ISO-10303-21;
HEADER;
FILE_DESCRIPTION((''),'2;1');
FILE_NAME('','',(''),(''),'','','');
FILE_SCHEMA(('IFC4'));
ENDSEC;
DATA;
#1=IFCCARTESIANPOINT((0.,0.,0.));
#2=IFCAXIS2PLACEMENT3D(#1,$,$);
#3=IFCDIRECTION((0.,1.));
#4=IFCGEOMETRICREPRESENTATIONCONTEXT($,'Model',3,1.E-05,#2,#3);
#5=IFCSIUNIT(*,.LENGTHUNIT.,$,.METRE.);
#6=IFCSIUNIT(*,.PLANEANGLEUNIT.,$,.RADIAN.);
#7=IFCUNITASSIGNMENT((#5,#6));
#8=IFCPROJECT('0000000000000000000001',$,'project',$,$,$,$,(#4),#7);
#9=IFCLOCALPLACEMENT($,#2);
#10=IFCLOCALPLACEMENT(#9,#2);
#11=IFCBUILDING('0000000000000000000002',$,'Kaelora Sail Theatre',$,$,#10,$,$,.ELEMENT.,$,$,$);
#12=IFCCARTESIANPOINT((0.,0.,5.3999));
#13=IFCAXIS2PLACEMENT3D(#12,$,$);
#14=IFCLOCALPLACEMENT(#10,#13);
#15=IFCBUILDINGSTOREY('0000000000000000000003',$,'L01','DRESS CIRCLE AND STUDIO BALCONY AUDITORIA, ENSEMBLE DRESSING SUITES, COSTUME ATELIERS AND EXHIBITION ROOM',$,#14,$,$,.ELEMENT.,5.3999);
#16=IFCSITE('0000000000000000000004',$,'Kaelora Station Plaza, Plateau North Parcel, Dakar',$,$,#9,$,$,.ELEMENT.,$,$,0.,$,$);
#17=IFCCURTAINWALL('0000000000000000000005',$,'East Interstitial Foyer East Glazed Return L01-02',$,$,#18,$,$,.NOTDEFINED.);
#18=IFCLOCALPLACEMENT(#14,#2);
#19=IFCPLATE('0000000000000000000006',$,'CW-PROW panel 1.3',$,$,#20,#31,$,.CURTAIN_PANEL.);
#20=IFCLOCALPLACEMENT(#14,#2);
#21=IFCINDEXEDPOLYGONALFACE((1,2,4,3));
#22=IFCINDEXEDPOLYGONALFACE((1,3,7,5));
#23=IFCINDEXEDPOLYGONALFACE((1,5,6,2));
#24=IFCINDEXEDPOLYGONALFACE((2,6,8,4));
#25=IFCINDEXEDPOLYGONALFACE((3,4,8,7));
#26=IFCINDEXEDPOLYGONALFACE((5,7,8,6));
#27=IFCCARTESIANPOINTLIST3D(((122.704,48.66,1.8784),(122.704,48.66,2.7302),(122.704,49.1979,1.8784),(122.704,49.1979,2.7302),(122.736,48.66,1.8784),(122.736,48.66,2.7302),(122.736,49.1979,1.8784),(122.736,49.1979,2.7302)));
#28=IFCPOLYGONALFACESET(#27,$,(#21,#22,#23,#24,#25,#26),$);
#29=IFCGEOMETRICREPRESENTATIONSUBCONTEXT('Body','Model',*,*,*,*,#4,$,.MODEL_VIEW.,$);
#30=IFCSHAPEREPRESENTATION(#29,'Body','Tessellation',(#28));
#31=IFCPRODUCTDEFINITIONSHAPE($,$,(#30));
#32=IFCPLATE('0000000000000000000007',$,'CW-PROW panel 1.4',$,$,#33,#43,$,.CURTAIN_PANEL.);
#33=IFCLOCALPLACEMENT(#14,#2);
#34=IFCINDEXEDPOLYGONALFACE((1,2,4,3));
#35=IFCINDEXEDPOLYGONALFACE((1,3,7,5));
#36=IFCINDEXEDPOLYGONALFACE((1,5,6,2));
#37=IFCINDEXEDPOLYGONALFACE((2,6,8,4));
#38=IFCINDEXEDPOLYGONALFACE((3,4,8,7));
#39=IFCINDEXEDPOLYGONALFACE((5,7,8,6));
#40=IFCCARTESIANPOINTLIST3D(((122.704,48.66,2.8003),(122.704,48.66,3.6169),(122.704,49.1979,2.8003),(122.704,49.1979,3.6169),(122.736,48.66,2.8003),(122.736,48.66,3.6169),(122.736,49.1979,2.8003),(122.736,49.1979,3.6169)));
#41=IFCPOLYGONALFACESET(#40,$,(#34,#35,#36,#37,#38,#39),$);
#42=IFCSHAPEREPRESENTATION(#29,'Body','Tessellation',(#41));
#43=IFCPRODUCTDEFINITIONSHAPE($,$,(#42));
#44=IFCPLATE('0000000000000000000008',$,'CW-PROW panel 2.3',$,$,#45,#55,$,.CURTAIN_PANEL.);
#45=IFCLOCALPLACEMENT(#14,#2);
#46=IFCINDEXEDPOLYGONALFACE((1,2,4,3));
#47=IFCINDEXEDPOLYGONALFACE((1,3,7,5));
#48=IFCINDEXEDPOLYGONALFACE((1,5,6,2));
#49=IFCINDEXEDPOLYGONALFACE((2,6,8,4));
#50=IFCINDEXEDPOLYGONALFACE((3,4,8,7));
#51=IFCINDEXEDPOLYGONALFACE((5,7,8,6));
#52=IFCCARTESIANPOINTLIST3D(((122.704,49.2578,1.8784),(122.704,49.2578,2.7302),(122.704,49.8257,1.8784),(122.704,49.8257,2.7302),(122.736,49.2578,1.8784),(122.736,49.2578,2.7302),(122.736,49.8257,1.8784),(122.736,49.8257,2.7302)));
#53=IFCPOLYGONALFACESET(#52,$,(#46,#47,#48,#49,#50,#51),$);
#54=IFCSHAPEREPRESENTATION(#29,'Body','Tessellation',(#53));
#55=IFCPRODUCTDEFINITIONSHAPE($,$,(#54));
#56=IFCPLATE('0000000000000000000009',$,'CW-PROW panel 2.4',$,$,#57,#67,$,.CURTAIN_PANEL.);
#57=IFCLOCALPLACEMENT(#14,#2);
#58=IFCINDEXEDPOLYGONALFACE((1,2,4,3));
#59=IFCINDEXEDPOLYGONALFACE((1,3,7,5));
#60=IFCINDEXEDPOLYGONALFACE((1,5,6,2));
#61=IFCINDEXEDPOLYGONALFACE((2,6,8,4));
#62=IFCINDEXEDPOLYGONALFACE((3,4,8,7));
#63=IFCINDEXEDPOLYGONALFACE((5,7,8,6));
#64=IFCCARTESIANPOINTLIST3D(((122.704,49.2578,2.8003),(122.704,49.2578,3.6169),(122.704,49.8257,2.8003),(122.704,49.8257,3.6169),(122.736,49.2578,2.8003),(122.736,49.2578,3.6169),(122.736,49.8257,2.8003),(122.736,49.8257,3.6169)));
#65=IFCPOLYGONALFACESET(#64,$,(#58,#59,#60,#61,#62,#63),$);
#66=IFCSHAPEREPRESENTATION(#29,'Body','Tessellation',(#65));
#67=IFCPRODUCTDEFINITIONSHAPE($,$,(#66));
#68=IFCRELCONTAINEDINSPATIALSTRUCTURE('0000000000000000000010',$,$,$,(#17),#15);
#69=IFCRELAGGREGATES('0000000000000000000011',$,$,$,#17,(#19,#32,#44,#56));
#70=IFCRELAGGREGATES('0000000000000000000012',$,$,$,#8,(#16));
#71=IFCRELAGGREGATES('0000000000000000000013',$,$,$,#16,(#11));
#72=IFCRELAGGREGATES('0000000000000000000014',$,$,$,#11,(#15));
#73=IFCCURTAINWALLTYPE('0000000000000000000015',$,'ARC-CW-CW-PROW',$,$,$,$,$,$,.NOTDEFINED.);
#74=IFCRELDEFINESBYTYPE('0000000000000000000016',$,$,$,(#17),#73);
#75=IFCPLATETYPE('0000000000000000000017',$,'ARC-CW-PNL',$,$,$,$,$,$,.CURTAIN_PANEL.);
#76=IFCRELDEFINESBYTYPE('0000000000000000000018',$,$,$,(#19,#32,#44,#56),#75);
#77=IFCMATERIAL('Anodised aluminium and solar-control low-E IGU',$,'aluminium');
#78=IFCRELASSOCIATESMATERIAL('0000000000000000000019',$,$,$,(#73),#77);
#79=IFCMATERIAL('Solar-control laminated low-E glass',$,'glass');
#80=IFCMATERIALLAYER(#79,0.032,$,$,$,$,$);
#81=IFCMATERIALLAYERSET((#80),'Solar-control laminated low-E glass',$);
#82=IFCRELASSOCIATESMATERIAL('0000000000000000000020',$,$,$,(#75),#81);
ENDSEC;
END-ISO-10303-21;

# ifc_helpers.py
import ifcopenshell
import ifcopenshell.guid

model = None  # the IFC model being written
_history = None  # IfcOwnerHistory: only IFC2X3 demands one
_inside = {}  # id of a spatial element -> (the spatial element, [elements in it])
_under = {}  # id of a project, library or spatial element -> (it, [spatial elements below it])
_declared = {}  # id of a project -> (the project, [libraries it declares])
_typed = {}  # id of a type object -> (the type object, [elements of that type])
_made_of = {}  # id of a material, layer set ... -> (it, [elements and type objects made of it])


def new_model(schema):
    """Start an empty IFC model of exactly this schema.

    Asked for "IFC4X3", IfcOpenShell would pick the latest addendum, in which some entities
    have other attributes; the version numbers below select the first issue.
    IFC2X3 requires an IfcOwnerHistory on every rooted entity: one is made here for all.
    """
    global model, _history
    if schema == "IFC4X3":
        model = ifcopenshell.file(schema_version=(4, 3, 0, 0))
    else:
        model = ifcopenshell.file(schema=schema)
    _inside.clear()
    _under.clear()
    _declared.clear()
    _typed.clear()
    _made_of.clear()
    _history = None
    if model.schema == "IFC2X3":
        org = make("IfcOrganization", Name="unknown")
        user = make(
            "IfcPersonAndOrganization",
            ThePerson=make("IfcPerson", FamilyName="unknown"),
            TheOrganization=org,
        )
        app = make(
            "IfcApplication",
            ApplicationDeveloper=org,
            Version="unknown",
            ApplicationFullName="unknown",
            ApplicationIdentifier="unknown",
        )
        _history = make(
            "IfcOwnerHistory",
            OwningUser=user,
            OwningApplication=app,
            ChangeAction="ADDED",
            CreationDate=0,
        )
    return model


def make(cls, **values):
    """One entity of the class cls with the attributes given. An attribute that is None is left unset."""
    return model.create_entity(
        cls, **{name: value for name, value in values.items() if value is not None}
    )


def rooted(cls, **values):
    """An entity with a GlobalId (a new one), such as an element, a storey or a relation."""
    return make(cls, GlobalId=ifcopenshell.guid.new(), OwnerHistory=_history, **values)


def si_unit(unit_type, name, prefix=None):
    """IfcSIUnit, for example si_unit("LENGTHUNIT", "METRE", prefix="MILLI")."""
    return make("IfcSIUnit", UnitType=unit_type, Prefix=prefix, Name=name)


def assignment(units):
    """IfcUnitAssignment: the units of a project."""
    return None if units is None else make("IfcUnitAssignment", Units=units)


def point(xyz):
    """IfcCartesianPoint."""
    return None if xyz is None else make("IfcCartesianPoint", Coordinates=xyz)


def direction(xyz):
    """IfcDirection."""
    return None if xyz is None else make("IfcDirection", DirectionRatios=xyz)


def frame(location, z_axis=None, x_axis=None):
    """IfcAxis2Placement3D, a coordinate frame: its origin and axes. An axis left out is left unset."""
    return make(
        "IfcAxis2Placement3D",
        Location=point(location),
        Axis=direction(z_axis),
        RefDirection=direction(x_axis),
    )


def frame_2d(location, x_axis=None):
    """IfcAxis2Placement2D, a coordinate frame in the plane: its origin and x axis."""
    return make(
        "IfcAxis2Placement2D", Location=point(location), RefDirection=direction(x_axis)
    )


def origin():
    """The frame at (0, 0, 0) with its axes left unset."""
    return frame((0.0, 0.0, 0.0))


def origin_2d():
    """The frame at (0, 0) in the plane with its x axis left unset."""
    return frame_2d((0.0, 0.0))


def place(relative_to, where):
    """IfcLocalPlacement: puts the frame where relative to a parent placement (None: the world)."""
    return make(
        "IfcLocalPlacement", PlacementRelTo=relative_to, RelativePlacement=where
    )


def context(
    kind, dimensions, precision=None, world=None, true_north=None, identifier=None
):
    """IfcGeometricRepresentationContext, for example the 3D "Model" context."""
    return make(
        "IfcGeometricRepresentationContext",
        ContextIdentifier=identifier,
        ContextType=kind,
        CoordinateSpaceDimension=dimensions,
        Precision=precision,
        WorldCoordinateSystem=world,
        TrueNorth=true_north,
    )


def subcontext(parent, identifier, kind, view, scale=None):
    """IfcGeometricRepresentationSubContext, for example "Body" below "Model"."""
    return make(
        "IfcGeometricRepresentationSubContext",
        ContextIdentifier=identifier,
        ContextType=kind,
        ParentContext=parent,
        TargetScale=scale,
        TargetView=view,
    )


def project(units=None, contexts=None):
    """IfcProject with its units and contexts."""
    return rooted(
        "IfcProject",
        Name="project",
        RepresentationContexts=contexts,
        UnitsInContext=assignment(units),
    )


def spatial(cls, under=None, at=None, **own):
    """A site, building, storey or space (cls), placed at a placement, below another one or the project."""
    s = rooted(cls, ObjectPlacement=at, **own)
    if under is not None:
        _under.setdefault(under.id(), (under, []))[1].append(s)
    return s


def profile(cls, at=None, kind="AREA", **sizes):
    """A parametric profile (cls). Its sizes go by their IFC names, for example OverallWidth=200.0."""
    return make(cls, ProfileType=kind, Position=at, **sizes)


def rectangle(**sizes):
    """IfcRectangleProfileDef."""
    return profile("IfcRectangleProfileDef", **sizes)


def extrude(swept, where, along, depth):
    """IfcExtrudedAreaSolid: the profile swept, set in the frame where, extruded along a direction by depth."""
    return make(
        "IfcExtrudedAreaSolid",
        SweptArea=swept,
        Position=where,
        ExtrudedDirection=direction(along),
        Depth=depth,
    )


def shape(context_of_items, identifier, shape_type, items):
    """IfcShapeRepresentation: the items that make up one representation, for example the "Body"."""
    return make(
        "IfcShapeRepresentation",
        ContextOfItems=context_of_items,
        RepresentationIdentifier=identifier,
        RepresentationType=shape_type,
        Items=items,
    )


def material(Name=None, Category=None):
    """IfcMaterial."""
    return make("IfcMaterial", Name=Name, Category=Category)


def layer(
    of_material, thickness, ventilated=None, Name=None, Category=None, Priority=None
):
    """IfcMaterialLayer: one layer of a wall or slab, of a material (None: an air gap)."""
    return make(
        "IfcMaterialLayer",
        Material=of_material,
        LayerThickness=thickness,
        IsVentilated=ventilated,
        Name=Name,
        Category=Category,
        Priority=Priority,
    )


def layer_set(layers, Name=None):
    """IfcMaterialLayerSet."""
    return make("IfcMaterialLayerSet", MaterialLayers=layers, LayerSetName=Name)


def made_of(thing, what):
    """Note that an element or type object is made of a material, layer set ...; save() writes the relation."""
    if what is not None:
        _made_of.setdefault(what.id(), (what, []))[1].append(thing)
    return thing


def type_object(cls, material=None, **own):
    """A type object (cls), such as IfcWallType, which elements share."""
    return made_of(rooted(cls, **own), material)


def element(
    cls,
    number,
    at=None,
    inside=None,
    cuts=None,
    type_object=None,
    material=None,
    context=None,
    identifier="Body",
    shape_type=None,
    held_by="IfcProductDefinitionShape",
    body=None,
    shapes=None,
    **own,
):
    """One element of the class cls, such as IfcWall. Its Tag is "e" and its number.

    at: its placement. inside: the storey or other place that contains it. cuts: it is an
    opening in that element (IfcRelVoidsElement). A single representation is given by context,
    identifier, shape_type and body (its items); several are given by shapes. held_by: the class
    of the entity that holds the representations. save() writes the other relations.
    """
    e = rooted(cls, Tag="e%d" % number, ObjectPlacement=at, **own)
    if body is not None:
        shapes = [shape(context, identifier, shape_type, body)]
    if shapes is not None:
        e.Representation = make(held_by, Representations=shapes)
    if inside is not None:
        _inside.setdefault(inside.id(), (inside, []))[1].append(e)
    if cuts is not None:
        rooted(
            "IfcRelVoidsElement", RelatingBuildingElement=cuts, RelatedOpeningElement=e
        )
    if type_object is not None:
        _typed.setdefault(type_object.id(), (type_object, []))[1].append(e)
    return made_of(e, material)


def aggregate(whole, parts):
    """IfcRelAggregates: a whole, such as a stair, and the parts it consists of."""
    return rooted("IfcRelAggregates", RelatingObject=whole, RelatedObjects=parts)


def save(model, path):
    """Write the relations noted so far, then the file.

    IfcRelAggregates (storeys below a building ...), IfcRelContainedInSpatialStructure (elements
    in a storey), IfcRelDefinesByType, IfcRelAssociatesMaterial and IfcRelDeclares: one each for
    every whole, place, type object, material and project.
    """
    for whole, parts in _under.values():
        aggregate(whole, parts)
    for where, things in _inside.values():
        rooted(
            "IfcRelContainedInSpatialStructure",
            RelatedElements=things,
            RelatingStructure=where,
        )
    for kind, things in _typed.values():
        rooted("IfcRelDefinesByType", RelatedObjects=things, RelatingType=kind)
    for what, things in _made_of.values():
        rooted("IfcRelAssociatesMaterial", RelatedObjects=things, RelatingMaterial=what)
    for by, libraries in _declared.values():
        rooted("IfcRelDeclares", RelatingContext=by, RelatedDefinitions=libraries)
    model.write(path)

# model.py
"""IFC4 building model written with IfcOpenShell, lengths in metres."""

from ifc_helpers import new_model, si_unit, direction, frame, origin, origin_2d, place, context, subcontext, project, spatial, rectangle, extrude, material, layer, layer_set, type_object, element, aggregate, save


model = new_model("IFC4")

# Units and contexts
model_context = context("Model", 3, precision=1e-05, world=origin(), true_north=direction((0.0, 1.0)))
body_context = subcontext(model_context, "Body", "Model", "MODEL_VIEW")
ifc_project = project(units=[si_unit("LENGTHUNIT", "METRE"), si_unit("PLANEANGLEUNIT", "RADIAN")], contexts=[model_context])

# Site, building, storey
site_placement = place(None, origin())
site = spatial("IfcSite", under=ifc_project, at=site_placement, Name="Kaelora Station Plaza, Plateau North Parcel, Dakar", CompositionType="ELEMENT", RefElevation=0.0)
building_placement = place(site_placement, origin())
building = spatial("IfcBuilding", under=site, at=building_placement, Name="Kaelora Sail Theatre", CompositionType="ELEMENT")
storey_placement = place(building_placement, frame((0.0, 0.0, 5.3999)))
storey = spatial("IfcBuildingStorey", under=building, at=storey_placement, Name="L01", Description="DRESS CIRCLE AND STUDIO BALCONY AUDITORIA, ENSEMBLE DRESSING SUITES, COSTUME ATELIERS AND EXHIBITION ROOM", CompositionType="ELEMENT", Elevation=5.3999)

# Curtain wall
ifc_material_1 = material(Name="Anodised aluminium and solar-control low-E IGU", Category="aluminium")
curtain_wall_type = type_object("IfcCurtainWallType", Name="ARC-CW-CW-PROW", PredefinedType="NOTDEFINED", material=ifc_material_1)
curtain_wall_1_placement = place(storey_placement, origin())
curtain_wall_1 = element("IfcCurtainWall", 1, at=curtain_wall_1_placement, inside=storey, type_object=curtain_wall_type, Name="East Interstitial Foyer East Glazed Return L01-02", PredefinedType="NOTDEFINED")

# Plates
ifc_material_2 = material(Name="Solar-control laminated low-E glass", Category="glass")
ifc_layer = layer(ifc_material_2, 0.032)
ifc_layer_set = layer_set([ifc_layer], Name="Solar-control laminated low-E glass")
plate_type = type_object("IfcPlateType", Name="ARC-CW-PNL", PredefinedType="CURTAIN_PANEL", material=ifc_layer_set)
plate_1_placement = place(storey_placement, frame((122.72, 48.929, 1.8784), z_axis=(0.0, 0.0, 1.0), x_axis=(0.0, 1.0, 0.0)))
plate_1 = element("IfcPlate", 2, at=plate_1_placement, type_object=plate_type, Name="CW-PROW panel 1.3", PredefinedType="CURTAIN_PANEL", context=body_context, shape_type="SweptSolid", body=[
    extrude(rectangle(XDim=0.5378, YDim=0.032, at=origin_2d()), origin(), (0.0, 0.0, 1.0), 0.8518),
])
plate_2_placement = place(storey_placement, frame((122.72, 48.929, 2.8003), z_axis=(0.0, 0.0, 1.0), x_axis=(0.0, 1.0, 0.0)))
plate_2 = element("IfcPlate", 3, at=plate_2_placement, type_object=plate_type, Name="CW-PROW panel 1.4", PredefinedType="CURTAIN_PANEL", context=body_context, shape_type="SweptSolid", body=[
    extrude(rectangle(XDim=0.5378, YDim=0.032, at=origin_2d()), origin(), (0.0, 0.0, 1.0), 0.8167),
])
plate_3_placement = place(storey_placement, frame((122.72, 49.5417, 1.8784), z_axis=(0.0, 0.0, 1.0), x_axis=(0.0, 1.0, 0.0)))
plate_3 = element("IfcPlate", 4, at=plate_3_placement, type_object=plate_type, Name="CW-PROW panel 2.3", PredefinedType="CURTAIN_PANEL", context=body_context, shape_type="SweptSolid", body=[
    extrude(rectangle(XDim=0.5679, YDim=0.032, at=origin_2d()), origin(), (0.0, 0.0, 1.0), 0.8518),
])
plate_4_placement = place(storey_placement, frame((122.72, 49.5417, 2.8003), z_axis=(0.0, 0.0, 1.0), x_axis=(0.0, 1.0, 0.0)))
plate_4 = element("IfcPlate", 5, at=plate_4_placement, type_object=plate_type, Name="CW-PROW panel 2.4", PredefinedType="CURTAIN_PANEL", context=body_context, shape_type="SweptSolid", body=[
    extrude(rectangle(XDim=0.5679, YDim=0.032, at=origin_2d()), origin(), (0.0, 0.0, 1.0), 0.8167),
])
aggregate(curtain_wall_1, [plate_1, plate_2, plate_3, plate_4])

save(model, "model.ifc")
